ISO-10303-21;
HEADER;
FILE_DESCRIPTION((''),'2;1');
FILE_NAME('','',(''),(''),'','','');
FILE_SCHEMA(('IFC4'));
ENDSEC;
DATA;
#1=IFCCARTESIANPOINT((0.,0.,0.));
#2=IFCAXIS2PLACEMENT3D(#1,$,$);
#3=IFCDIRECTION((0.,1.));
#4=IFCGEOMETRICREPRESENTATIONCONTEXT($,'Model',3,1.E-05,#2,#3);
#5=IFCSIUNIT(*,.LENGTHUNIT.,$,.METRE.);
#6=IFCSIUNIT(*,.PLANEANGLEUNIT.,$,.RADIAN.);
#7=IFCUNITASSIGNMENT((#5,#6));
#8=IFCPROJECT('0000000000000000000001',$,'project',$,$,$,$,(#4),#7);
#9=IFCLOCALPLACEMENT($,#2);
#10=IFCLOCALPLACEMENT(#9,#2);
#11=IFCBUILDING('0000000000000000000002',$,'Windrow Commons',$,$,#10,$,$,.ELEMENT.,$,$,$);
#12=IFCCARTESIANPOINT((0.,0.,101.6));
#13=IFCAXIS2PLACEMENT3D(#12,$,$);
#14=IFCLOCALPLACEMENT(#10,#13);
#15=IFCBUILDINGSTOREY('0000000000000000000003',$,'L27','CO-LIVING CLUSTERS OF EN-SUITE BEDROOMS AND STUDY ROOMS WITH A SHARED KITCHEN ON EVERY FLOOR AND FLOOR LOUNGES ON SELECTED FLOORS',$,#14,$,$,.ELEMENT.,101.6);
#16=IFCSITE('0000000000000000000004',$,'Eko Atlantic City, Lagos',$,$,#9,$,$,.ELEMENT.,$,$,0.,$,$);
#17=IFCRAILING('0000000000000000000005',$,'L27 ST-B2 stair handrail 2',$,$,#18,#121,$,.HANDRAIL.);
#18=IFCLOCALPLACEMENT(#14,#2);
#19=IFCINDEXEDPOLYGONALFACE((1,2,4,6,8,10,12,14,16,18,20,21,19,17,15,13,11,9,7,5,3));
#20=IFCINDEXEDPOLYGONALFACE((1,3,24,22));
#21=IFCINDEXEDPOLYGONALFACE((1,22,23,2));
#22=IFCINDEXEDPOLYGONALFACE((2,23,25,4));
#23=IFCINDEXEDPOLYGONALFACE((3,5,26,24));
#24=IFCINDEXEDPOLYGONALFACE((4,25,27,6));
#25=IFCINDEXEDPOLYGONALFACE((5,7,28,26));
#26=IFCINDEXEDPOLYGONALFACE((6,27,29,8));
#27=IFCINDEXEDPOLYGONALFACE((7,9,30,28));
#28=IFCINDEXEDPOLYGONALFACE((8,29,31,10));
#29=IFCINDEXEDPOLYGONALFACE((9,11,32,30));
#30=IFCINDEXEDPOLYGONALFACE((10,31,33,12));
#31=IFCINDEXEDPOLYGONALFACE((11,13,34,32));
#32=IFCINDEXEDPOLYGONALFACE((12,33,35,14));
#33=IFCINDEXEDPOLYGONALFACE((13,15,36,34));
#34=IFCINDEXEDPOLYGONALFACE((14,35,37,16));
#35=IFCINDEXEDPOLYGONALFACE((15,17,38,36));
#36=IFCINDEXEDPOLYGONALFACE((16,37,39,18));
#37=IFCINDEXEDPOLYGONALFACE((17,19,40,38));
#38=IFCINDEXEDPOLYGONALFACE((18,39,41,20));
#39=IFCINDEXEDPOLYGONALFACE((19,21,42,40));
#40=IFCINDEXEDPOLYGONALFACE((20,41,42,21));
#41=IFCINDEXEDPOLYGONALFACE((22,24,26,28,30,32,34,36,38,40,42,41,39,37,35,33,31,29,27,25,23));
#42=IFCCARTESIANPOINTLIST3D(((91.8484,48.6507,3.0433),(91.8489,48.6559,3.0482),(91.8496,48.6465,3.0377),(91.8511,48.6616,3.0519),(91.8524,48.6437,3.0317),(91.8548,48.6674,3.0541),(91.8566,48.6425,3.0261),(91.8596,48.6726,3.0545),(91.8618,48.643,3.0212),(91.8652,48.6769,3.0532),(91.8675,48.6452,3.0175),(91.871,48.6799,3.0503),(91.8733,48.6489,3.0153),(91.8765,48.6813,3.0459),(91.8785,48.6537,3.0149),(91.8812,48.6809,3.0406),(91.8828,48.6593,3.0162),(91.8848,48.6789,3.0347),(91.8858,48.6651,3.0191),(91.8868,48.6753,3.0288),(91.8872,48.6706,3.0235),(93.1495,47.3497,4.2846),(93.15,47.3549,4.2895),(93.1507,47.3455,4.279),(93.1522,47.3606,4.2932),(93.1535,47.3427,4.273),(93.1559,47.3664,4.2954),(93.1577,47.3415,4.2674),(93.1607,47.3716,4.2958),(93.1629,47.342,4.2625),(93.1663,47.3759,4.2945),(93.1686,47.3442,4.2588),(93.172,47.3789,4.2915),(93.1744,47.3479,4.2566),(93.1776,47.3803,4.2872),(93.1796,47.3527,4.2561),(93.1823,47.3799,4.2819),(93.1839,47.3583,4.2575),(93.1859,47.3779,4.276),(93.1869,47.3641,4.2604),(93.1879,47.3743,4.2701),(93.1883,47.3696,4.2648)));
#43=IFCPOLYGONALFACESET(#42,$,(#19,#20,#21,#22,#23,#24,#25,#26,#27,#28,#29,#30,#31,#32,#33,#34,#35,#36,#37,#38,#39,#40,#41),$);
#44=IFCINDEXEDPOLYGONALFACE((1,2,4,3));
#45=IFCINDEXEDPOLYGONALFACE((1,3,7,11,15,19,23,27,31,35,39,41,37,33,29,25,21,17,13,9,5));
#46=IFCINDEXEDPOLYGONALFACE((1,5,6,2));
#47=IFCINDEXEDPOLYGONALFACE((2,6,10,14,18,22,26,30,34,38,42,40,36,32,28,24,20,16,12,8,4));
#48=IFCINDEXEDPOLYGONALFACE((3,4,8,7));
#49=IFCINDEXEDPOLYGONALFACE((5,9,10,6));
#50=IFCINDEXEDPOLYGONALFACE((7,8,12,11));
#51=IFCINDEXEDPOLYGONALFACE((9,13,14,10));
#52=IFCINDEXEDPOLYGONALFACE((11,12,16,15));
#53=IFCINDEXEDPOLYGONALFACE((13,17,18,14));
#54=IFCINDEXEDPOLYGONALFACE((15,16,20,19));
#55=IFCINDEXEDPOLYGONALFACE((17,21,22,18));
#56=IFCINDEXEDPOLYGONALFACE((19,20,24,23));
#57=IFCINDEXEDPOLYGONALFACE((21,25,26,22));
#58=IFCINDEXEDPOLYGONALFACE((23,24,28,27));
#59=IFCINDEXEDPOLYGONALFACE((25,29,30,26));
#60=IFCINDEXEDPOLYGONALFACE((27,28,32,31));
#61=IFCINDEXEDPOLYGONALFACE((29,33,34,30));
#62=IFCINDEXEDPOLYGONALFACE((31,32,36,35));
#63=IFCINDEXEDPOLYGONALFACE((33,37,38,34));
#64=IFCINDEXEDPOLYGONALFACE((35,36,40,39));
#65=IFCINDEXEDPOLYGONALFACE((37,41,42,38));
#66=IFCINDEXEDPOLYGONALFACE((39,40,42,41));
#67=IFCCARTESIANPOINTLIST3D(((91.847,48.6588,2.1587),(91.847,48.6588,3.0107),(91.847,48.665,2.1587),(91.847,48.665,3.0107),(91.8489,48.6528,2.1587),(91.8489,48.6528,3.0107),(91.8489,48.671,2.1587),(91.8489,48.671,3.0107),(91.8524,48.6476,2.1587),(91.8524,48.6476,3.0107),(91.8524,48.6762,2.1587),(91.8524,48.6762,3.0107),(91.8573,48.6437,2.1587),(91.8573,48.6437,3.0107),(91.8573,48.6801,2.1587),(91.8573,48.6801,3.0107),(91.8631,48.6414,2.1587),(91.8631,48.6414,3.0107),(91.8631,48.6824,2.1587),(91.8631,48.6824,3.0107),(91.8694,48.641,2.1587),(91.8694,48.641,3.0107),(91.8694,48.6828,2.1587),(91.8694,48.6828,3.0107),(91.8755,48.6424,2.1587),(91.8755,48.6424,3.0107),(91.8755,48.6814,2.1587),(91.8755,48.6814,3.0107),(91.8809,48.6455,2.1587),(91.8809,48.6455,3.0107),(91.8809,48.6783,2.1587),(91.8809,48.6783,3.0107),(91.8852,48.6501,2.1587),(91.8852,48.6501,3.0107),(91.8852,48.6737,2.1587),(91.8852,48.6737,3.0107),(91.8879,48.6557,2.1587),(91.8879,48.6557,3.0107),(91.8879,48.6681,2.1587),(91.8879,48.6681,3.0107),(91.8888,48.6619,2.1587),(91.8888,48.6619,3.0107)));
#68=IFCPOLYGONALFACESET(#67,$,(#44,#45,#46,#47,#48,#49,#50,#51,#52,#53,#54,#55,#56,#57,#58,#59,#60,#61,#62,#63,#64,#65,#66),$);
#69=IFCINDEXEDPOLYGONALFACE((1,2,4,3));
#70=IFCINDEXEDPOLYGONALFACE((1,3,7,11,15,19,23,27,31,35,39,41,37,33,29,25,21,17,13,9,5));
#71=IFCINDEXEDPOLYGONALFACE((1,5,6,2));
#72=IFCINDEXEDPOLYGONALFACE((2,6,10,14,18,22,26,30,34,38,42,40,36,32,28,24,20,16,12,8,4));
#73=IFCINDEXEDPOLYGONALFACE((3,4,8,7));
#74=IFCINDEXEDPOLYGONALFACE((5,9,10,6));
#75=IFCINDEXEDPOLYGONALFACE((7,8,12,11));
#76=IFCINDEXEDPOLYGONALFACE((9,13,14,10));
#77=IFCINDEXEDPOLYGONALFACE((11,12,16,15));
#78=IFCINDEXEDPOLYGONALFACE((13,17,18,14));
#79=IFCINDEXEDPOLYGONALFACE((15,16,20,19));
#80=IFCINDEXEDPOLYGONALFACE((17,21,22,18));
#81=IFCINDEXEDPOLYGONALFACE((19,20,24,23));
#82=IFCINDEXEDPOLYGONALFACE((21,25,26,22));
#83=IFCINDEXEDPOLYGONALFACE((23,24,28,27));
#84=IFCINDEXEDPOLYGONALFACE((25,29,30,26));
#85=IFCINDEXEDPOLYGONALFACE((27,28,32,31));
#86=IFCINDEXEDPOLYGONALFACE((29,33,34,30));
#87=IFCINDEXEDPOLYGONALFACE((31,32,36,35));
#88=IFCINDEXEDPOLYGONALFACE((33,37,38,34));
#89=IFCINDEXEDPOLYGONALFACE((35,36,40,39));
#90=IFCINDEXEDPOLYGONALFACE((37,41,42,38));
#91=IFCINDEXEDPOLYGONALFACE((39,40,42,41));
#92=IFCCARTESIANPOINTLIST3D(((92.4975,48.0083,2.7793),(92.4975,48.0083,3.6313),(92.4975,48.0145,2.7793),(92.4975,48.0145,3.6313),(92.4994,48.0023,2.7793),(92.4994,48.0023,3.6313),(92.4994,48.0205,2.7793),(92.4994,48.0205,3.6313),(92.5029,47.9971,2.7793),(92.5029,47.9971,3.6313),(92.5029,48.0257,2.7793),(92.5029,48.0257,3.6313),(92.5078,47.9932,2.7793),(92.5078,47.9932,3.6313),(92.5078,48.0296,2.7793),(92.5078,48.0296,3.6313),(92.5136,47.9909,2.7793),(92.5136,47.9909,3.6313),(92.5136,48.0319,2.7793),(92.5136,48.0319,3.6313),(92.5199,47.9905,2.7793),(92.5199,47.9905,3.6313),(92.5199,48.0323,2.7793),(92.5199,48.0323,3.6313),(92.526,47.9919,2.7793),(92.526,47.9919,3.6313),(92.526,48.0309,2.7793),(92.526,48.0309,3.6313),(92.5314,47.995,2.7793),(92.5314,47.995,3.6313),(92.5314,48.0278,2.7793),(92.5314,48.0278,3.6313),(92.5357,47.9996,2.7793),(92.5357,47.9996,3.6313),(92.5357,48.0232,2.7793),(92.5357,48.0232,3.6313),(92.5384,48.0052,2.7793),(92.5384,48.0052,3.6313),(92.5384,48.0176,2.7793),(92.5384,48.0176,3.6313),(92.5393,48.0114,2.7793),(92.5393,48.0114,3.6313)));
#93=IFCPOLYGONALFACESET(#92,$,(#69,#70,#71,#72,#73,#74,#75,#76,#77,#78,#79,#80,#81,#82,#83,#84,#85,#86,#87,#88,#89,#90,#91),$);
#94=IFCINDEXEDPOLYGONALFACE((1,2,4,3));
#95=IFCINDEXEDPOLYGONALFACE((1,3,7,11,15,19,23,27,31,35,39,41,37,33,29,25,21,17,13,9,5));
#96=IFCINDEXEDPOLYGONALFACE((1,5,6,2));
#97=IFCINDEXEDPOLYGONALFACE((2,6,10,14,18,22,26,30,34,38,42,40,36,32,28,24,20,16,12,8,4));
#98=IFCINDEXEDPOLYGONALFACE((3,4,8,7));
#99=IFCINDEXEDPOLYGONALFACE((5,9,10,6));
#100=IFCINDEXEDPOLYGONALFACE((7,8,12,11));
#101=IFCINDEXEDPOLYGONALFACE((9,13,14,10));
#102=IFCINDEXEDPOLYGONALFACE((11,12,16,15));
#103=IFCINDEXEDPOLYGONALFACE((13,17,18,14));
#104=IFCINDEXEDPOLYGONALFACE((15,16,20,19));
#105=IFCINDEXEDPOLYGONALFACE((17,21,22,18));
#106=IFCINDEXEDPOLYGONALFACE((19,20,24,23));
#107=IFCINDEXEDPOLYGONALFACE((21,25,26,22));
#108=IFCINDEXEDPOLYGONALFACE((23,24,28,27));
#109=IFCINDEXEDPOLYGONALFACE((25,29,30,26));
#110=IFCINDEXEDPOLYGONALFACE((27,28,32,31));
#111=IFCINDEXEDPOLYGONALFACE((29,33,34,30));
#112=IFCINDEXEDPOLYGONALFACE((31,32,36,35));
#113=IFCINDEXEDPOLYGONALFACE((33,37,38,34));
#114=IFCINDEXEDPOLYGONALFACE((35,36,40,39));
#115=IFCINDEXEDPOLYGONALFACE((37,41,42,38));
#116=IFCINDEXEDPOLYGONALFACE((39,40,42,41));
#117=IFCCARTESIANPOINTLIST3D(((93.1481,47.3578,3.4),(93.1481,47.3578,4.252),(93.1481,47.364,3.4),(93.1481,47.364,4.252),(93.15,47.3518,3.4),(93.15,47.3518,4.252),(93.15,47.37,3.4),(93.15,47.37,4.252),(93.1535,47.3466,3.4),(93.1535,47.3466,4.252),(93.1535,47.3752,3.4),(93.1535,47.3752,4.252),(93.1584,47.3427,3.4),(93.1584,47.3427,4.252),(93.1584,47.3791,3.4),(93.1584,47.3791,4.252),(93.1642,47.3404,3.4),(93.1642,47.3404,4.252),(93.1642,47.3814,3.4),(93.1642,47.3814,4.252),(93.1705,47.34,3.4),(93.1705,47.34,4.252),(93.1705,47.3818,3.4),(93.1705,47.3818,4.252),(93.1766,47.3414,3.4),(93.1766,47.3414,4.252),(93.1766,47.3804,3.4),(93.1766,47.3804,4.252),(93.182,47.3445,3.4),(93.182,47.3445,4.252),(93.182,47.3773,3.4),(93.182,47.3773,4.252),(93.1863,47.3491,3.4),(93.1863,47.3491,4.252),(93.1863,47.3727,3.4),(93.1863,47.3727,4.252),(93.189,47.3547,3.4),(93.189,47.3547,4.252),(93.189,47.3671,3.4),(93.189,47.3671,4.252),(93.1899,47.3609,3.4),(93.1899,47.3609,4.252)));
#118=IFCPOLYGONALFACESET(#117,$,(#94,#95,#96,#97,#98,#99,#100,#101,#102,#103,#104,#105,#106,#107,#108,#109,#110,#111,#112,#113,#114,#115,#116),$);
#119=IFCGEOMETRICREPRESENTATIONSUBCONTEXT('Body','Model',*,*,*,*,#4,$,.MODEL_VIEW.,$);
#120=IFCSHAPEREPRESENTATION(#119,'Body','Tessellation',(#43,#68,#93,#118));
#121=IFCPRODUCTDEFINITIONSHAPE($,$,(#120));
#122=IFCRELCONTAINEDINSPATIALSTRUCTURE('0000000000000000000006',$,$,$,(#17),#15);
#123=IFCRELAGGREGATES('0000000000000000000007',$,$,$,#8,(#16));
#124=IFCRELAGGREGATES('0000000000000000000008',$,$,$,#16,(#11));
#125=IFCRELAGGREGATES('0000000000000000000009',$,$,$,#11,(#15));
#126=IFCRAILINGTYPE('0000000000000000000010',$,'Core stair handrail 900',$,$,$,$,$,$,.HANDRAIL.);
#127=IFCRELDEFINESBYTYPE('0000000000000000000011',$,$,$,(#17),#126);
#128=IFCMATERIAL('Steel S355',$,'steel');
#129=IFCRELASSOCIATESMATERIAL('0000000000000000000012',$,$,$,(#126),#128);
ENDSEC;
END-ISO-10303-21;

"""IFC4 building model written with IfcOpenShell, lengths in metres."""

from ifc_helpers import new_model, si_unit, direction, frame, origin, origin_2d, place, context, subcontext, project, spatial, circle, extrude, material, type_object, element, save


model = new_model("IFC4")

# Units and contexts
model_context = context("Model", 3, precision=1e-05, world=origin(), true_north=direction((0.0, 1.0)))
body_context = subcontext(model_context, "Body", "Model", "MODEL_VIEW")
ifc_project = project(units=[si_unit("LENGTHUNIT", "METRE"), si_unit("PLANEANGLEUNIT", "RADIAN")], contexts=[model_context])

# Site, building, storey
site_placement = place(None, origin())
site = spatial("IfcSite", under=ifc_project, at=site_placement, Name="Eko Atlantic City, Lagos", CompositionType="ELEMENT", RefElevation=0.0)
building_placement = place(site_placement, origin())
building = spatial("IfcBuilding", under=site, at=building_placement, Name="Windrow Commons", CompositionType="ELEMENT")
storey_placement = place(building_placement, frame((0.0, 0.0, 101.6)))
storey = spatial("IfcBuildingStorey", under=building, at=storey_placement, Name="L27", Description="CO-LIVING CLUSTERS OF EN-SUITE BEDROOMS AND STUDY ROOMS WITH A SHARED KITCHEN ON EVERY FLOOR AND FLOOR LOUNGES ON SELECTED FLOORS", CompositionType="ELEMENT", Elevation=101.6)

# Railing
ifc_material_1 = material(Name="Steel S355", Category="steel")
railing_type_1 = type_object("IfcRailingType", Name="Core stair handrail 900", PredefinedType="HANDRAIL", material=ifc_material_1)
railing_1_placement = place(storey_placement, frame((91.8678, 48.6619, 2.1587)))
element("IfcRailing", 1, at=railing_1_placement, inside=storey, type_object=railing_type_1, Name="L27 ST-B2 stair handrail 2", PredefinedType="HANDRAIL", context=body_context, shape_type="SweptSolid", body=[
    extrude(circle(Radius=0.024, at=origin_2d()), frame((0.0, 0.0, 0.876), z_axis=(0.586207, -0.586162, 0.559264), x_axis=(0.70708, 0.707134, 0.0)), (0.0, 0.0, 1.0), 2.2195),
    extrude(circle(Radius=0.021, at=origin_2d()), origin(), (0.0, 0.0, 1.0), 0.852),
    extrude(circle(Radius=0.021, at=origin_2d()), frame((0.6505, -0.6505, 0.6206)), (0.0, 0.0, 1.0), 0.852),
    extrude(circle(Radius=0.021, at=origin_2d()), frame((1.3011, -1.301, 1.2413)), (0.0, 0.0, 1.0), 0.852),
])

save(model, "model.ifc")
